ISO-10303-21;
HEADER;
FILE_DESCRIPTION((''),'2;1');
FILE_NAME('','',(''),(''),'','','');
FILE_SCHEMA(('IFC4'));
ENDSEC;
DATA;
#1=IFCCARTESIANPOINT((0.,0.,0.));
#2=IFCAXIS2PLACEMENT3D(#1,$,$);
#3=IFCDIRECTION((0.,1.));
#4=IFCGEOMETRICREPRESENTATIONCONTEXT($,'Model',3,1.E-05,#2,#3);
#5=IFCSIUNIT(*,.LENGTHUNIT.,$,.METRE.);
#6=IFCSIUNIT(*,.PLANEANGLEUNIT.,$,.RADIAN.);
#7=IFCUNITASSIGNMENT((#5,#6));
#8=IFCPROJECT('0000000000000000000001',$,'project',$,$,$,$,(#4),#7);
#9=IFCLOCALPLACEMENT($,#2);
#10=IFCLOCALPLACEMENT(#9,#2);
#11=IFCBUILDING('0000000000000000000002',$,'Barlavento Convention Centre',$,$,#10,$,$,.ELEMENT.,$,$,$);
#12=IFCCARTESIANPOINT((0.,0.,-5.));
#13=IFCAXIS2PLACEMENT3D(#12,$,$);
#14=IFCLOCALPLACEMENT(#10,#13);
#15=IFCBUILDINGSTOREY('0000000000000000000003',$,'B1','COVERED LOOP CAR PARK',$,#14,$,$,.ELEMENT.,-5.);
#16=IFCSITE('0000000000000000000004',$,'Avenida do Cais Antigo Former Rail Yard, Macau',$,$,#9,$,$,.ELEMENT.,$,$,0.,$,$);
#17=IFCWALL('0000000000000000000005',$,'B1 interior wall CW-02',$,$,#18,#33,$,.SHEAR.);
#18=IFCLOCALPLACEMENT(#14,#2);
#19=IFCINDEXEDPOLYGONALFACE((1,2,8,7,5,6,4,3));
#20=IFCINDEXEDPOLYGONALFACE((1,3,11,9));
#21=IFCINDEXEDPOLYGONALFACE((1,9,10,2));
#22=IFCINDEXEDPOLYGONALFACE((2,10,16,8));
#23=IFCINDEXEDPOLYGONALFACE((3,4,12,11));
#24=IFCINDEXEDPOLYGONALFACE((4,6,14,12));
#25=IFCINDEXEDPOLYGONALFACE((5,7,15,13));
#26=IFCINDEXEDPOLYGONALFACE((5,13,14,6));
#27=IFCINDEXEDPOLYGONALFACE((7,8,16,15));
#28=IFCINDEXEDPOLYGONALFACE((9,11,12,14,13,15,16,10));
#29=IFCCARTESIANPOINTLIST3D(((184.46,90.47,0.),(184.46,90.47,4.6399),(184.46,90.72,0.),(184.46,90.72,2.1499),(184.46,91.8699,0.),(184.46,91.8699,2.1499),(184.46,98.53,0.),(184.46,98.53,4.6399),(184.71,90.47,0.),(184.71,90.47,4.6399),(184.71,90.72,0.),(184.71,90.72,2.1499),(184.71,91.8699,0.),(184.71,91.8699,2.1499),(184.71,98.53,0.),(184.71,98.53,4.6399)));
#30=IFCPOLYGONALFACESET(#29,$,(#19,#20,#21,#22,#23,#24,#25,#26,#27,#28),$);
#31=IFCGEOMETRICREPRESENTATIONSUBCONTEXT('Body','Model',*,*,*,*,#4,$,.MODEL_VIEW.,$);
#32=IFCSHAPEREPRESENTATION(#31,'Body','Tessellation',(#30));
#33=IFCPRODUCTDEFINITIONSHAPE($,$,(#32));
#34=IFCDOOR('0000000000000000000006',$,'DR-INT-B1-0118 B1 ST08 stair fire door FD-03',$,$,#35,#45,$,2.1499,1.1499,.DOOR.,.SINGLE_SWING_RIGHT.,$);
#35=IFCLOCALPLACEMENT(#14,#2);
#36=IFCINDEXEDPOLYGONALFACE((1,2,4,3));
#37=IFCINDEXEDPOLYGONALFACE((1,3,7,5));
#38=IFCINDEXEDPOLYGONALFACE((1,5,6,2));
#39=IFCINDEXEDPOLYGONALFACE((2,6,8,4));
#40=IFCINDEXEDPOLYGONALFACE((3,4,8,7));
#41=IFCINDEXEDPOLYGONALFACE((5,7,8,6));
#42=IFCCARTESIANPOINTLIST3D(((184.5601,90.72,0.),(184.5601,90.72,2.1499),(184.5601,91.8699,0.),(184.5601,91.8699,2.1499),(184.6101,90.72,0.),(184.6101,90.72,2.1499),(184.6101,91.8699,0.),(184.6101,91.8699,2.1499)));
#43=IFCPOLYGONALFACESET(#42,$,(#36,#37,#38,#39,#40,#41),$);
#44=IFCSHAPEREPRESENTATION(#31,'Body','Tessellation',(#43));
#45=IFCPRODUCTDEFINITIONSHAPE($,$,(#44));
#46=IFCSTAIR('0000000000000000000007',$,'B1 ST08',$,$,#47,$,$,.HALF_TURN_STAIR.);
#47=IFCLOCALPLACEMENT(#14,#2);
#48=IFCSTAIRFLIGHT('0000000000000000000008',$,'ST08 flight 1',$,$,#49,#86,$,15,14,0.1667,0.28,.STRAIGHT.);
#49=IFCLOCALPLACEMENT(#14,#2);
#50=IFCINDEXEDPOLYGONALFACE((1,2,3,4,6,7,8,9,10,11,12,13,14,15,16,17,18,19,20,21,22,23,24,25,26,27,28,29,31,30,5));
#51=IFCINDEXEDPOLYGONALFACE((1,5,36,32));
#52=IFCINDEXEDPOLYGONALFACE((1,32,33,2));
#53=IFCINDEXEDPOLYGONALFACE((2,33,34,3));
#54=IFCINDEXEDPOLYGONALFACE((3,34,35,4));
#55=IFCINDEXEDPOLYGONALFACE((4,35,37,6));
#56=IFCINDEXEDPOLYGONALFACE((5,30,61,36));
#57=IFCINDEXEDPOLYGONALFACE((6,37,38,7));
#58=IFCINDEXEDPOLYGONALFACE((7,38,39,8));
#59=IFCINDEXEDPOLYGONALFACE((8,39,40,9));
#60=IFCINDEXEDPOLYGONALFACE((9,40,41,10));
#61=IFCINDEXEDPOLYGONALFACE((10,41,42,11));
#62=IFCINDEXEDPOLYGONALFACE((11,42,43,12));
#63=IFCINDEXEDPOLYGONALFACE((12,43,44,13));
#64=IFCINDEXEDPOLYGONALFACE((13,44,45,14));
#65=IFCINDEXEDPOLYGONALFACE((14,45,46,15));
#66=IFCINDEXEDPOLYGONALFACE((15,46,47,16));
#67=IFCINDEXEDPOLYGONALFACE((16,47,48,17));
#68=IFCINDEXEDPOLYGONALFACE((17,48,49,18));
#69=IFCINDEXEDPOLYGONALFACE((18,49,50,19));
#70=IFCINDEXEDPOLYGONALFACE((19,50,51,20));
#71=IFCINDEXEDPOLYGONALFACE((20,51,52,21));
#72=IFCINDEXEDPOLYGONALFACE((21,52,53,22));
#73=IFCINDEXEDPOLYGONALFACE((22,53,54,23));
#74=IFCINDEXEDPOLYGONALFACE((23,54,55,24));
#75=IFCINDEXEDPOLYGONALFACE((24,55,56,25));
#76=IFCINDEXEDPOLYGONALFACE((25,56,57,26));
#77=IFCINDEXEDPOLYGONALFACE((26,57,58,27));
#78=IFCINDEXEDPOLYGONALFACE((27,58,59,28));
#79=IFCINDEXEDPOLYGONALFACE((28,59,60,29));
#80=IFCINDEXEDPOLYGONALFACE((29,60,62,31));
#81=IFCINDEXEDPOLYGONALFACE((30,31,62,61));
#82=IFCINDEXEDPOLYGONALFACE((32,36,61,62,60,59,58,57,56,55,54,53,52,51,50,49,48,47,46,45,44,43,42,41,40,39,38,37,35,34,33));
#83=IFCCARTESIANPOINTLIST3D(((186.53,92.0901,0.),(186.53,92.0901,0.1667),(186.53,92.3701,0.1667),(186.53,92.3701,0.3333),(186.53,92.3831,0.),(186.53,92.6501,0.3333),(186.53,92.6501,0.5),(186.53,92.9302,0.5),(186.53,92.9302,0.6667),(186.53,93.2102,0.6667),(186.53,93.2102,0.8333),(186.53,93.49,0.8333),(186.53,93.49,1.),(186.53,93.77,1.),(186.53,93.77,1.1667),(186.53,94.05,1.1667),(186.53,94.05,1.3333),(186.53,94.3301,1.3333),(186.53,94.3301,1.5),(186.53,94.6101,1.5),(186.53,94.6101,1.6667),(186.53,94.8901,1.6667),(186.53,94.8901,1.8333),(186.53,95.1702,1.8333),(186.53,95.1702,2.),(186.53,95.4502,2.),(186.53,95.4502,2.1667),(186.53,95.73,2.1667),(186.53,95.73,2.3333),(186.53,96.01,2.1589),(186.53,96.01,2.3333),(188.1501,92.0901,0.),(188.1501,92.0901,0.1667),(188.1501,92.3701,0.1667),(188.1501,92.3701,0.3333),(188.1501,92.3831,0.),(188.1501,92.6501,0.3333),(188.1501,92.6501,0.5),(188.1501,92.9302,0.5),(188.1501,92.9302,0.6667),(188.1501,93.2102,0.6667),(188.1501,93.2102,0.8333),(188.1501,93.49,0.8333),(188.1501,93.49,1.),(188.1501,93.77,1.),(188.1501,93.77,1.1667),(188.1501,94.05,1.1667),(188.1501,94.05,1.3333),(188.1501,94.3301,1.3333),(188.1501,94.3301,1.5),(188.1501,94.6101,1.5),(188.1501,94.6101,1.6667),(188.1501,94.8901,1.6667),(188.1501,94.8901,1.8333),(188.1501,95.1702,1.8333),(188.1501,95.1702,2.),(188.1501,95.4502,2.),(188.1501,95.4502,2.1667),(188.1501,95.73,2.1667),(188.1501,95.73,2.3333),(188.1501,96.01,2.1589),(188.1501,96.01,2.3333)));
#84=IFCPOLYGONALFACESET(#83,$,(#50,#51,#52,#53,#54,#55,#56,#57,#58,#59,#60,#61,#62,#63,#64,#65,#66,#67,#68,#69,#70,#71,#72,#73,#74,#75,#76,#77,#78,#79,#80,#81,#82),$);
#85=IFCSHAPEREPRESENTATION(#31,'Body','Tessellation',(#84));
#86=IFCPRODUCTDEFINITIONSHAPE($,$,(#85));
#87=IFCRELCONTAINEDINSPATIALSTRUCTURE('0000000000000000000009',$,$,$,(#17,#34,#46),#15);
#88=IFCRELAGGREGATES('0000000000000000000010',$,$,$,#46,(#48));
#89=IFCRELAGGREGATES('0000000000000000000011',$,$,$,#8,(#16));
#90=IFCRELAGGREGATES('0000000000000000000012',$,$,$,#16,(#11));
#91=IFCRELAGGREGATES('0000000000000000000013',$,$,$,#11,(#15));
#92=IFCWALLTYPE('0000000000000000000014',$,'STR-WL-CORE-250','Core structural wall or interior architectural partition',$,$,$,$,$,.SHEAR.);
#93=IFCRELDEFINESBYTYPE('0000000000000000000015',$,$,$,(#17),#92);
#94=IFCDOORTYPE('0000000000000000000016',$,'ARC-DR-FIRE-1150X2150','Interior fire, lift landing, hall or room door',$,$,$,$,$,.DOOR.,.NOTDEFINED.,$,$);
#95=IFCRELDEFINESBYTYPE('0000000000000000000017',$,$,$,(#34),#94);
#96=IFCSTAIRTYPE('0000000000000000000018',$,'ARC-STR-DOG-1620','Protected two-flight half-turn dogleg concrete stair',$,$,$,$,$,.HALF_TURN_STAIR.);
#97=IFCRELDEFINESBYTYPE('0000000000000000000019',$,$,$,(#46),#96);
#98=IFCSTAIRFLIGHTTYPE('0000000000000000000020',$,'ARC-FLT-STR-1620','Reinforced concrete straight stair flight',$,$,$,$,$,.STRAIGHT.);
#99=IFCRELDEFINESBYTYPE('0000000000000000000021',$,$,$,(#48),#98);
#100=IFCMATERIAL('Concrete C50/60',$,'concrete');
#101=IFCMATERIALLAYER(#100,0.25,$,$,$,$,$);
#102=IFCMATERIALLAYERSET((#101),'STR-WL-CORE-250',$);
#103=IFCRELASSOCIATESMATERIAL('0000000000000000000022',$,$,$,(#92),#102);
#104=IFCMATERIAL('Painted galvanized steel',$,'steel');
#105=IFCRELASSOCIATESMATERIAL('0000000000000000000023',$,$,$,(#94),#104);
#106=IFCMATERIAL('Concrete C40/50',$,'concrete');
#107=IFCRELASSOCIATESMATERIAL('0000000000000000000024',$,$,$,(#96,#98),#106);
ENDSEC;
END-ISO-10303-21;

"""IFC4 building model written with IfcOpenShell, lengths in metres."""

from ifc_helpers import new_model, si_unit, direction, frame, frame_2d, origin, place, context, subcontext, project, spatial, polyline, rectangle, outline, extrude, material, layer, layer_set, type_object, element, fill, aggregate, save


model = new_model("IFC4")

# Units and contexts
model_context = context("Model", 3, precision=1e-05, world=origin(), true_north=direction((0.0, 1.0)))
body_context = subcontext(model_context, "Body", "Model", "MODEL_VIEW")
ifc_project = project(units=[si_unit("LENGTHUNIT", "METRE"), si_unit("PLANEANGLEUNIT", "RADIAN")], contexts=[model_context])

# Site, building, storey
site_placement = place(None, origin())
site = spatial("IfcSite", under=ifc_project, at=site_placement, Name="Avenida do Cais Antigo Former Rail Yard, Macau", CompositionType="ELEMENT", RefElevation=0.0)
building_placement = place(site_placement, origin())
building = spatial("IfcBuilding", under=site, at=building_placement, Name="Barlavento Convention Centre", CompositionType="ELEMENT")
storey_placement = place(building_placement, frame((0.0, 0.0, -5.0)))
storey = spatial("IfcBuildingStorey", under=building, at=storey_placement, Name="B1", Description="COVERED LOOP CAR PARK", CompositionType="ELEMENT", Elevation=-5.0)

# Shared definitions
ifc_material_1 = material(Name="Concrete C40/50", Category="concrete")

# Shared definitions
ifc_material_2 = material(Name="Concrete C50/60", Category="concrete")

# Shared definitions
ifc_layer = layer(ifc_material_2, 0.25)
ifc_layer_set = layer_set([ifc_layer], Name="STR-WL-CORE-250")
wall_type = type_object("IfcWallType", Name="STR-WL-CORE-250", Description="Core structural wall or interior architectural partition", PredefinedType="SHEAR", material=ifc_layer_set)

# Shared definitions
ifc_material_3 = material(Name="Painted galvanized steel", Category="steel")

# Wall, opening, door
wall_1_placement = place(storey_placement, frame((184.585, 90.47, 0.0), z_axis=(0.0, 0.0, 1.0), x_axis=(0.0, 1.0, 0.0)))
wall_1 = element("IfcWall", 1, at=wall_1_placement, inside=storey, type_object=wall_type, Name="B1 interior wall CW-02", PredefinedType="SHEAR", context=body_context, shape_type="SweptSolid", body=[
    extrude(rectangle(XDim=8.0601, YDim=0.25, at=frame_2d((4.03, 0.0))), origin(), (0.0, 0.0, 1.0), 4.6399),
])
opening_1_placement = place(wall_1_placement, frame((0.25, 0.0, 0.0)))
opening_1 = element("IfcOpeningElement", 2, at=opening_1_placement, cuts=wall_1, PredefinedType="OPENING", context=body_context, shape_type="SweptSolid", body=[
    extrude(rectangle(XDim=1.1499, YDim=2.1499, at=frame_2d((0.575, 1.075))), frame((0.0, 0.135, 0.0), z_axis=(0.0, -1.0, 0.0), x_axis=(1.0, 0.0, 0.0)), (0.0, 0.0, 1.0), 0.27),
])
door_type_1 = type_object("IfcDoorType", Name="ARC-DR-FIRE-1150X2150", Description="Interior fire, lift landing, hall or room door", OperationType="NOTDEFINED", PredefinedType="DOOR", material=ifc_material_3)
door_1_placement = place(opening_1_placement, origin())
door_1 = element("IfcDoor", 3, at=door_1_placement, inside=storey, type_object=door_type_1, Name="DR-INT-B1-0118 B1 ST08 stair fire door FD-03", OperationType="SINGLE_SWING_RIGHT", OverallHeight=2.1499, OverallWidth=1.1499, PredefinedType="DOOR", context=body_context, shape_type="SweptSolid", body=[
    extrude(rectangle(XDim=1.1499, YDim=2.1499, at=frame_2d((0.575, 1.075))), frame((0.0, 0.0249, 0.0), z_axis=(0.0, -1.0, 0.0), x_axis=(1.0, 0.0, 0.0)), (0.0, 0.0, 1.0), 0.05),
])
fill(opening_1, door_1)

# Stair, stair flight
stair_type = type_object("IfcStairType", Name="ARC-STR-DOG-1620", Description="Protected two-flight half-turn dogleg concrete stair", PredefinedType="HALF_TURN_STAIR", material=ifc_material_1)
stair_placement = place(storey_placement, origin())
stair = element("IfcStair", 4, at=stair_placement, inside=storey, type_object=stair_type, Name="B1 ST08", PredefinedType="HALF_TURN_STAIR")
stair_flight_type = type_object("IfcStairFlightType", Name="ARC-FLT-STR-1620", Description="Reinforced concrete straight stair flight", PredefinedType="STRAIGHT", material=ifc_material_1)
stair_flight_placement = place(storey_placement, frame((187.3401, 92.0901, 0.0), z_axis=(0.0, 0.0, 1.0), x_axis=(0.0, 1.0, 0.0)))
stair_flight = element("IfcStairFlight", 5, at=stair_flight_placement, type_object=stair_flight_type, Name="ST08 flight 1", NumberOfRisers=15, NumberOfTreads=14, PredefinedType="STRAIGHT", RiserHeight=0.1667, TreadLength=0.28, context=body_context, shape_type="SweptSolid", body=[
    extrude(outline(polyline([(0.0, 0.0), (0.0, 0.1667), (0.28, 0.1667), (0.28, 0.3333), (0.5601, 0.3333), (0.5601, 0.5), (0.8401, 0.5), (0.8401, 0.6667), (1.1201, 0.6667), (1.1201, 0.8333), (1.3999, 0.8333), (1.3999, 1.0), (1.6799, 1.0), (1.6799, 1.1667), (1.96, 1.1667), (1.96, 1.3333), (2.24, 1.3333), (2.24, 1.5), (2.52, 1.5), (2.52, 1.6667), (2.8, 1.6667), (2.8, 1.8333), (3.0801, 1.8333), (3.0801, 2.0), (3.3601, 2.0), (3.3601, 2.1667), (3.6399, 2.1667), (3.6399, 2.3333), (3.9199, 2.3333), (3.9199, 2.5), (3.9199, 2.1589), (0.293, 0.0), (0.0, 0.0)])), frame((0.0, 0.8101, 0.0), z_axis=(0.0, -1.0, 0.0), x_axis=(1.0, 0.0, 0.0)), (0.0, 0.0, 1.0), 1.6201),
])
aggregate(stair, [stair_flight])

save(model, "model.ifc")
